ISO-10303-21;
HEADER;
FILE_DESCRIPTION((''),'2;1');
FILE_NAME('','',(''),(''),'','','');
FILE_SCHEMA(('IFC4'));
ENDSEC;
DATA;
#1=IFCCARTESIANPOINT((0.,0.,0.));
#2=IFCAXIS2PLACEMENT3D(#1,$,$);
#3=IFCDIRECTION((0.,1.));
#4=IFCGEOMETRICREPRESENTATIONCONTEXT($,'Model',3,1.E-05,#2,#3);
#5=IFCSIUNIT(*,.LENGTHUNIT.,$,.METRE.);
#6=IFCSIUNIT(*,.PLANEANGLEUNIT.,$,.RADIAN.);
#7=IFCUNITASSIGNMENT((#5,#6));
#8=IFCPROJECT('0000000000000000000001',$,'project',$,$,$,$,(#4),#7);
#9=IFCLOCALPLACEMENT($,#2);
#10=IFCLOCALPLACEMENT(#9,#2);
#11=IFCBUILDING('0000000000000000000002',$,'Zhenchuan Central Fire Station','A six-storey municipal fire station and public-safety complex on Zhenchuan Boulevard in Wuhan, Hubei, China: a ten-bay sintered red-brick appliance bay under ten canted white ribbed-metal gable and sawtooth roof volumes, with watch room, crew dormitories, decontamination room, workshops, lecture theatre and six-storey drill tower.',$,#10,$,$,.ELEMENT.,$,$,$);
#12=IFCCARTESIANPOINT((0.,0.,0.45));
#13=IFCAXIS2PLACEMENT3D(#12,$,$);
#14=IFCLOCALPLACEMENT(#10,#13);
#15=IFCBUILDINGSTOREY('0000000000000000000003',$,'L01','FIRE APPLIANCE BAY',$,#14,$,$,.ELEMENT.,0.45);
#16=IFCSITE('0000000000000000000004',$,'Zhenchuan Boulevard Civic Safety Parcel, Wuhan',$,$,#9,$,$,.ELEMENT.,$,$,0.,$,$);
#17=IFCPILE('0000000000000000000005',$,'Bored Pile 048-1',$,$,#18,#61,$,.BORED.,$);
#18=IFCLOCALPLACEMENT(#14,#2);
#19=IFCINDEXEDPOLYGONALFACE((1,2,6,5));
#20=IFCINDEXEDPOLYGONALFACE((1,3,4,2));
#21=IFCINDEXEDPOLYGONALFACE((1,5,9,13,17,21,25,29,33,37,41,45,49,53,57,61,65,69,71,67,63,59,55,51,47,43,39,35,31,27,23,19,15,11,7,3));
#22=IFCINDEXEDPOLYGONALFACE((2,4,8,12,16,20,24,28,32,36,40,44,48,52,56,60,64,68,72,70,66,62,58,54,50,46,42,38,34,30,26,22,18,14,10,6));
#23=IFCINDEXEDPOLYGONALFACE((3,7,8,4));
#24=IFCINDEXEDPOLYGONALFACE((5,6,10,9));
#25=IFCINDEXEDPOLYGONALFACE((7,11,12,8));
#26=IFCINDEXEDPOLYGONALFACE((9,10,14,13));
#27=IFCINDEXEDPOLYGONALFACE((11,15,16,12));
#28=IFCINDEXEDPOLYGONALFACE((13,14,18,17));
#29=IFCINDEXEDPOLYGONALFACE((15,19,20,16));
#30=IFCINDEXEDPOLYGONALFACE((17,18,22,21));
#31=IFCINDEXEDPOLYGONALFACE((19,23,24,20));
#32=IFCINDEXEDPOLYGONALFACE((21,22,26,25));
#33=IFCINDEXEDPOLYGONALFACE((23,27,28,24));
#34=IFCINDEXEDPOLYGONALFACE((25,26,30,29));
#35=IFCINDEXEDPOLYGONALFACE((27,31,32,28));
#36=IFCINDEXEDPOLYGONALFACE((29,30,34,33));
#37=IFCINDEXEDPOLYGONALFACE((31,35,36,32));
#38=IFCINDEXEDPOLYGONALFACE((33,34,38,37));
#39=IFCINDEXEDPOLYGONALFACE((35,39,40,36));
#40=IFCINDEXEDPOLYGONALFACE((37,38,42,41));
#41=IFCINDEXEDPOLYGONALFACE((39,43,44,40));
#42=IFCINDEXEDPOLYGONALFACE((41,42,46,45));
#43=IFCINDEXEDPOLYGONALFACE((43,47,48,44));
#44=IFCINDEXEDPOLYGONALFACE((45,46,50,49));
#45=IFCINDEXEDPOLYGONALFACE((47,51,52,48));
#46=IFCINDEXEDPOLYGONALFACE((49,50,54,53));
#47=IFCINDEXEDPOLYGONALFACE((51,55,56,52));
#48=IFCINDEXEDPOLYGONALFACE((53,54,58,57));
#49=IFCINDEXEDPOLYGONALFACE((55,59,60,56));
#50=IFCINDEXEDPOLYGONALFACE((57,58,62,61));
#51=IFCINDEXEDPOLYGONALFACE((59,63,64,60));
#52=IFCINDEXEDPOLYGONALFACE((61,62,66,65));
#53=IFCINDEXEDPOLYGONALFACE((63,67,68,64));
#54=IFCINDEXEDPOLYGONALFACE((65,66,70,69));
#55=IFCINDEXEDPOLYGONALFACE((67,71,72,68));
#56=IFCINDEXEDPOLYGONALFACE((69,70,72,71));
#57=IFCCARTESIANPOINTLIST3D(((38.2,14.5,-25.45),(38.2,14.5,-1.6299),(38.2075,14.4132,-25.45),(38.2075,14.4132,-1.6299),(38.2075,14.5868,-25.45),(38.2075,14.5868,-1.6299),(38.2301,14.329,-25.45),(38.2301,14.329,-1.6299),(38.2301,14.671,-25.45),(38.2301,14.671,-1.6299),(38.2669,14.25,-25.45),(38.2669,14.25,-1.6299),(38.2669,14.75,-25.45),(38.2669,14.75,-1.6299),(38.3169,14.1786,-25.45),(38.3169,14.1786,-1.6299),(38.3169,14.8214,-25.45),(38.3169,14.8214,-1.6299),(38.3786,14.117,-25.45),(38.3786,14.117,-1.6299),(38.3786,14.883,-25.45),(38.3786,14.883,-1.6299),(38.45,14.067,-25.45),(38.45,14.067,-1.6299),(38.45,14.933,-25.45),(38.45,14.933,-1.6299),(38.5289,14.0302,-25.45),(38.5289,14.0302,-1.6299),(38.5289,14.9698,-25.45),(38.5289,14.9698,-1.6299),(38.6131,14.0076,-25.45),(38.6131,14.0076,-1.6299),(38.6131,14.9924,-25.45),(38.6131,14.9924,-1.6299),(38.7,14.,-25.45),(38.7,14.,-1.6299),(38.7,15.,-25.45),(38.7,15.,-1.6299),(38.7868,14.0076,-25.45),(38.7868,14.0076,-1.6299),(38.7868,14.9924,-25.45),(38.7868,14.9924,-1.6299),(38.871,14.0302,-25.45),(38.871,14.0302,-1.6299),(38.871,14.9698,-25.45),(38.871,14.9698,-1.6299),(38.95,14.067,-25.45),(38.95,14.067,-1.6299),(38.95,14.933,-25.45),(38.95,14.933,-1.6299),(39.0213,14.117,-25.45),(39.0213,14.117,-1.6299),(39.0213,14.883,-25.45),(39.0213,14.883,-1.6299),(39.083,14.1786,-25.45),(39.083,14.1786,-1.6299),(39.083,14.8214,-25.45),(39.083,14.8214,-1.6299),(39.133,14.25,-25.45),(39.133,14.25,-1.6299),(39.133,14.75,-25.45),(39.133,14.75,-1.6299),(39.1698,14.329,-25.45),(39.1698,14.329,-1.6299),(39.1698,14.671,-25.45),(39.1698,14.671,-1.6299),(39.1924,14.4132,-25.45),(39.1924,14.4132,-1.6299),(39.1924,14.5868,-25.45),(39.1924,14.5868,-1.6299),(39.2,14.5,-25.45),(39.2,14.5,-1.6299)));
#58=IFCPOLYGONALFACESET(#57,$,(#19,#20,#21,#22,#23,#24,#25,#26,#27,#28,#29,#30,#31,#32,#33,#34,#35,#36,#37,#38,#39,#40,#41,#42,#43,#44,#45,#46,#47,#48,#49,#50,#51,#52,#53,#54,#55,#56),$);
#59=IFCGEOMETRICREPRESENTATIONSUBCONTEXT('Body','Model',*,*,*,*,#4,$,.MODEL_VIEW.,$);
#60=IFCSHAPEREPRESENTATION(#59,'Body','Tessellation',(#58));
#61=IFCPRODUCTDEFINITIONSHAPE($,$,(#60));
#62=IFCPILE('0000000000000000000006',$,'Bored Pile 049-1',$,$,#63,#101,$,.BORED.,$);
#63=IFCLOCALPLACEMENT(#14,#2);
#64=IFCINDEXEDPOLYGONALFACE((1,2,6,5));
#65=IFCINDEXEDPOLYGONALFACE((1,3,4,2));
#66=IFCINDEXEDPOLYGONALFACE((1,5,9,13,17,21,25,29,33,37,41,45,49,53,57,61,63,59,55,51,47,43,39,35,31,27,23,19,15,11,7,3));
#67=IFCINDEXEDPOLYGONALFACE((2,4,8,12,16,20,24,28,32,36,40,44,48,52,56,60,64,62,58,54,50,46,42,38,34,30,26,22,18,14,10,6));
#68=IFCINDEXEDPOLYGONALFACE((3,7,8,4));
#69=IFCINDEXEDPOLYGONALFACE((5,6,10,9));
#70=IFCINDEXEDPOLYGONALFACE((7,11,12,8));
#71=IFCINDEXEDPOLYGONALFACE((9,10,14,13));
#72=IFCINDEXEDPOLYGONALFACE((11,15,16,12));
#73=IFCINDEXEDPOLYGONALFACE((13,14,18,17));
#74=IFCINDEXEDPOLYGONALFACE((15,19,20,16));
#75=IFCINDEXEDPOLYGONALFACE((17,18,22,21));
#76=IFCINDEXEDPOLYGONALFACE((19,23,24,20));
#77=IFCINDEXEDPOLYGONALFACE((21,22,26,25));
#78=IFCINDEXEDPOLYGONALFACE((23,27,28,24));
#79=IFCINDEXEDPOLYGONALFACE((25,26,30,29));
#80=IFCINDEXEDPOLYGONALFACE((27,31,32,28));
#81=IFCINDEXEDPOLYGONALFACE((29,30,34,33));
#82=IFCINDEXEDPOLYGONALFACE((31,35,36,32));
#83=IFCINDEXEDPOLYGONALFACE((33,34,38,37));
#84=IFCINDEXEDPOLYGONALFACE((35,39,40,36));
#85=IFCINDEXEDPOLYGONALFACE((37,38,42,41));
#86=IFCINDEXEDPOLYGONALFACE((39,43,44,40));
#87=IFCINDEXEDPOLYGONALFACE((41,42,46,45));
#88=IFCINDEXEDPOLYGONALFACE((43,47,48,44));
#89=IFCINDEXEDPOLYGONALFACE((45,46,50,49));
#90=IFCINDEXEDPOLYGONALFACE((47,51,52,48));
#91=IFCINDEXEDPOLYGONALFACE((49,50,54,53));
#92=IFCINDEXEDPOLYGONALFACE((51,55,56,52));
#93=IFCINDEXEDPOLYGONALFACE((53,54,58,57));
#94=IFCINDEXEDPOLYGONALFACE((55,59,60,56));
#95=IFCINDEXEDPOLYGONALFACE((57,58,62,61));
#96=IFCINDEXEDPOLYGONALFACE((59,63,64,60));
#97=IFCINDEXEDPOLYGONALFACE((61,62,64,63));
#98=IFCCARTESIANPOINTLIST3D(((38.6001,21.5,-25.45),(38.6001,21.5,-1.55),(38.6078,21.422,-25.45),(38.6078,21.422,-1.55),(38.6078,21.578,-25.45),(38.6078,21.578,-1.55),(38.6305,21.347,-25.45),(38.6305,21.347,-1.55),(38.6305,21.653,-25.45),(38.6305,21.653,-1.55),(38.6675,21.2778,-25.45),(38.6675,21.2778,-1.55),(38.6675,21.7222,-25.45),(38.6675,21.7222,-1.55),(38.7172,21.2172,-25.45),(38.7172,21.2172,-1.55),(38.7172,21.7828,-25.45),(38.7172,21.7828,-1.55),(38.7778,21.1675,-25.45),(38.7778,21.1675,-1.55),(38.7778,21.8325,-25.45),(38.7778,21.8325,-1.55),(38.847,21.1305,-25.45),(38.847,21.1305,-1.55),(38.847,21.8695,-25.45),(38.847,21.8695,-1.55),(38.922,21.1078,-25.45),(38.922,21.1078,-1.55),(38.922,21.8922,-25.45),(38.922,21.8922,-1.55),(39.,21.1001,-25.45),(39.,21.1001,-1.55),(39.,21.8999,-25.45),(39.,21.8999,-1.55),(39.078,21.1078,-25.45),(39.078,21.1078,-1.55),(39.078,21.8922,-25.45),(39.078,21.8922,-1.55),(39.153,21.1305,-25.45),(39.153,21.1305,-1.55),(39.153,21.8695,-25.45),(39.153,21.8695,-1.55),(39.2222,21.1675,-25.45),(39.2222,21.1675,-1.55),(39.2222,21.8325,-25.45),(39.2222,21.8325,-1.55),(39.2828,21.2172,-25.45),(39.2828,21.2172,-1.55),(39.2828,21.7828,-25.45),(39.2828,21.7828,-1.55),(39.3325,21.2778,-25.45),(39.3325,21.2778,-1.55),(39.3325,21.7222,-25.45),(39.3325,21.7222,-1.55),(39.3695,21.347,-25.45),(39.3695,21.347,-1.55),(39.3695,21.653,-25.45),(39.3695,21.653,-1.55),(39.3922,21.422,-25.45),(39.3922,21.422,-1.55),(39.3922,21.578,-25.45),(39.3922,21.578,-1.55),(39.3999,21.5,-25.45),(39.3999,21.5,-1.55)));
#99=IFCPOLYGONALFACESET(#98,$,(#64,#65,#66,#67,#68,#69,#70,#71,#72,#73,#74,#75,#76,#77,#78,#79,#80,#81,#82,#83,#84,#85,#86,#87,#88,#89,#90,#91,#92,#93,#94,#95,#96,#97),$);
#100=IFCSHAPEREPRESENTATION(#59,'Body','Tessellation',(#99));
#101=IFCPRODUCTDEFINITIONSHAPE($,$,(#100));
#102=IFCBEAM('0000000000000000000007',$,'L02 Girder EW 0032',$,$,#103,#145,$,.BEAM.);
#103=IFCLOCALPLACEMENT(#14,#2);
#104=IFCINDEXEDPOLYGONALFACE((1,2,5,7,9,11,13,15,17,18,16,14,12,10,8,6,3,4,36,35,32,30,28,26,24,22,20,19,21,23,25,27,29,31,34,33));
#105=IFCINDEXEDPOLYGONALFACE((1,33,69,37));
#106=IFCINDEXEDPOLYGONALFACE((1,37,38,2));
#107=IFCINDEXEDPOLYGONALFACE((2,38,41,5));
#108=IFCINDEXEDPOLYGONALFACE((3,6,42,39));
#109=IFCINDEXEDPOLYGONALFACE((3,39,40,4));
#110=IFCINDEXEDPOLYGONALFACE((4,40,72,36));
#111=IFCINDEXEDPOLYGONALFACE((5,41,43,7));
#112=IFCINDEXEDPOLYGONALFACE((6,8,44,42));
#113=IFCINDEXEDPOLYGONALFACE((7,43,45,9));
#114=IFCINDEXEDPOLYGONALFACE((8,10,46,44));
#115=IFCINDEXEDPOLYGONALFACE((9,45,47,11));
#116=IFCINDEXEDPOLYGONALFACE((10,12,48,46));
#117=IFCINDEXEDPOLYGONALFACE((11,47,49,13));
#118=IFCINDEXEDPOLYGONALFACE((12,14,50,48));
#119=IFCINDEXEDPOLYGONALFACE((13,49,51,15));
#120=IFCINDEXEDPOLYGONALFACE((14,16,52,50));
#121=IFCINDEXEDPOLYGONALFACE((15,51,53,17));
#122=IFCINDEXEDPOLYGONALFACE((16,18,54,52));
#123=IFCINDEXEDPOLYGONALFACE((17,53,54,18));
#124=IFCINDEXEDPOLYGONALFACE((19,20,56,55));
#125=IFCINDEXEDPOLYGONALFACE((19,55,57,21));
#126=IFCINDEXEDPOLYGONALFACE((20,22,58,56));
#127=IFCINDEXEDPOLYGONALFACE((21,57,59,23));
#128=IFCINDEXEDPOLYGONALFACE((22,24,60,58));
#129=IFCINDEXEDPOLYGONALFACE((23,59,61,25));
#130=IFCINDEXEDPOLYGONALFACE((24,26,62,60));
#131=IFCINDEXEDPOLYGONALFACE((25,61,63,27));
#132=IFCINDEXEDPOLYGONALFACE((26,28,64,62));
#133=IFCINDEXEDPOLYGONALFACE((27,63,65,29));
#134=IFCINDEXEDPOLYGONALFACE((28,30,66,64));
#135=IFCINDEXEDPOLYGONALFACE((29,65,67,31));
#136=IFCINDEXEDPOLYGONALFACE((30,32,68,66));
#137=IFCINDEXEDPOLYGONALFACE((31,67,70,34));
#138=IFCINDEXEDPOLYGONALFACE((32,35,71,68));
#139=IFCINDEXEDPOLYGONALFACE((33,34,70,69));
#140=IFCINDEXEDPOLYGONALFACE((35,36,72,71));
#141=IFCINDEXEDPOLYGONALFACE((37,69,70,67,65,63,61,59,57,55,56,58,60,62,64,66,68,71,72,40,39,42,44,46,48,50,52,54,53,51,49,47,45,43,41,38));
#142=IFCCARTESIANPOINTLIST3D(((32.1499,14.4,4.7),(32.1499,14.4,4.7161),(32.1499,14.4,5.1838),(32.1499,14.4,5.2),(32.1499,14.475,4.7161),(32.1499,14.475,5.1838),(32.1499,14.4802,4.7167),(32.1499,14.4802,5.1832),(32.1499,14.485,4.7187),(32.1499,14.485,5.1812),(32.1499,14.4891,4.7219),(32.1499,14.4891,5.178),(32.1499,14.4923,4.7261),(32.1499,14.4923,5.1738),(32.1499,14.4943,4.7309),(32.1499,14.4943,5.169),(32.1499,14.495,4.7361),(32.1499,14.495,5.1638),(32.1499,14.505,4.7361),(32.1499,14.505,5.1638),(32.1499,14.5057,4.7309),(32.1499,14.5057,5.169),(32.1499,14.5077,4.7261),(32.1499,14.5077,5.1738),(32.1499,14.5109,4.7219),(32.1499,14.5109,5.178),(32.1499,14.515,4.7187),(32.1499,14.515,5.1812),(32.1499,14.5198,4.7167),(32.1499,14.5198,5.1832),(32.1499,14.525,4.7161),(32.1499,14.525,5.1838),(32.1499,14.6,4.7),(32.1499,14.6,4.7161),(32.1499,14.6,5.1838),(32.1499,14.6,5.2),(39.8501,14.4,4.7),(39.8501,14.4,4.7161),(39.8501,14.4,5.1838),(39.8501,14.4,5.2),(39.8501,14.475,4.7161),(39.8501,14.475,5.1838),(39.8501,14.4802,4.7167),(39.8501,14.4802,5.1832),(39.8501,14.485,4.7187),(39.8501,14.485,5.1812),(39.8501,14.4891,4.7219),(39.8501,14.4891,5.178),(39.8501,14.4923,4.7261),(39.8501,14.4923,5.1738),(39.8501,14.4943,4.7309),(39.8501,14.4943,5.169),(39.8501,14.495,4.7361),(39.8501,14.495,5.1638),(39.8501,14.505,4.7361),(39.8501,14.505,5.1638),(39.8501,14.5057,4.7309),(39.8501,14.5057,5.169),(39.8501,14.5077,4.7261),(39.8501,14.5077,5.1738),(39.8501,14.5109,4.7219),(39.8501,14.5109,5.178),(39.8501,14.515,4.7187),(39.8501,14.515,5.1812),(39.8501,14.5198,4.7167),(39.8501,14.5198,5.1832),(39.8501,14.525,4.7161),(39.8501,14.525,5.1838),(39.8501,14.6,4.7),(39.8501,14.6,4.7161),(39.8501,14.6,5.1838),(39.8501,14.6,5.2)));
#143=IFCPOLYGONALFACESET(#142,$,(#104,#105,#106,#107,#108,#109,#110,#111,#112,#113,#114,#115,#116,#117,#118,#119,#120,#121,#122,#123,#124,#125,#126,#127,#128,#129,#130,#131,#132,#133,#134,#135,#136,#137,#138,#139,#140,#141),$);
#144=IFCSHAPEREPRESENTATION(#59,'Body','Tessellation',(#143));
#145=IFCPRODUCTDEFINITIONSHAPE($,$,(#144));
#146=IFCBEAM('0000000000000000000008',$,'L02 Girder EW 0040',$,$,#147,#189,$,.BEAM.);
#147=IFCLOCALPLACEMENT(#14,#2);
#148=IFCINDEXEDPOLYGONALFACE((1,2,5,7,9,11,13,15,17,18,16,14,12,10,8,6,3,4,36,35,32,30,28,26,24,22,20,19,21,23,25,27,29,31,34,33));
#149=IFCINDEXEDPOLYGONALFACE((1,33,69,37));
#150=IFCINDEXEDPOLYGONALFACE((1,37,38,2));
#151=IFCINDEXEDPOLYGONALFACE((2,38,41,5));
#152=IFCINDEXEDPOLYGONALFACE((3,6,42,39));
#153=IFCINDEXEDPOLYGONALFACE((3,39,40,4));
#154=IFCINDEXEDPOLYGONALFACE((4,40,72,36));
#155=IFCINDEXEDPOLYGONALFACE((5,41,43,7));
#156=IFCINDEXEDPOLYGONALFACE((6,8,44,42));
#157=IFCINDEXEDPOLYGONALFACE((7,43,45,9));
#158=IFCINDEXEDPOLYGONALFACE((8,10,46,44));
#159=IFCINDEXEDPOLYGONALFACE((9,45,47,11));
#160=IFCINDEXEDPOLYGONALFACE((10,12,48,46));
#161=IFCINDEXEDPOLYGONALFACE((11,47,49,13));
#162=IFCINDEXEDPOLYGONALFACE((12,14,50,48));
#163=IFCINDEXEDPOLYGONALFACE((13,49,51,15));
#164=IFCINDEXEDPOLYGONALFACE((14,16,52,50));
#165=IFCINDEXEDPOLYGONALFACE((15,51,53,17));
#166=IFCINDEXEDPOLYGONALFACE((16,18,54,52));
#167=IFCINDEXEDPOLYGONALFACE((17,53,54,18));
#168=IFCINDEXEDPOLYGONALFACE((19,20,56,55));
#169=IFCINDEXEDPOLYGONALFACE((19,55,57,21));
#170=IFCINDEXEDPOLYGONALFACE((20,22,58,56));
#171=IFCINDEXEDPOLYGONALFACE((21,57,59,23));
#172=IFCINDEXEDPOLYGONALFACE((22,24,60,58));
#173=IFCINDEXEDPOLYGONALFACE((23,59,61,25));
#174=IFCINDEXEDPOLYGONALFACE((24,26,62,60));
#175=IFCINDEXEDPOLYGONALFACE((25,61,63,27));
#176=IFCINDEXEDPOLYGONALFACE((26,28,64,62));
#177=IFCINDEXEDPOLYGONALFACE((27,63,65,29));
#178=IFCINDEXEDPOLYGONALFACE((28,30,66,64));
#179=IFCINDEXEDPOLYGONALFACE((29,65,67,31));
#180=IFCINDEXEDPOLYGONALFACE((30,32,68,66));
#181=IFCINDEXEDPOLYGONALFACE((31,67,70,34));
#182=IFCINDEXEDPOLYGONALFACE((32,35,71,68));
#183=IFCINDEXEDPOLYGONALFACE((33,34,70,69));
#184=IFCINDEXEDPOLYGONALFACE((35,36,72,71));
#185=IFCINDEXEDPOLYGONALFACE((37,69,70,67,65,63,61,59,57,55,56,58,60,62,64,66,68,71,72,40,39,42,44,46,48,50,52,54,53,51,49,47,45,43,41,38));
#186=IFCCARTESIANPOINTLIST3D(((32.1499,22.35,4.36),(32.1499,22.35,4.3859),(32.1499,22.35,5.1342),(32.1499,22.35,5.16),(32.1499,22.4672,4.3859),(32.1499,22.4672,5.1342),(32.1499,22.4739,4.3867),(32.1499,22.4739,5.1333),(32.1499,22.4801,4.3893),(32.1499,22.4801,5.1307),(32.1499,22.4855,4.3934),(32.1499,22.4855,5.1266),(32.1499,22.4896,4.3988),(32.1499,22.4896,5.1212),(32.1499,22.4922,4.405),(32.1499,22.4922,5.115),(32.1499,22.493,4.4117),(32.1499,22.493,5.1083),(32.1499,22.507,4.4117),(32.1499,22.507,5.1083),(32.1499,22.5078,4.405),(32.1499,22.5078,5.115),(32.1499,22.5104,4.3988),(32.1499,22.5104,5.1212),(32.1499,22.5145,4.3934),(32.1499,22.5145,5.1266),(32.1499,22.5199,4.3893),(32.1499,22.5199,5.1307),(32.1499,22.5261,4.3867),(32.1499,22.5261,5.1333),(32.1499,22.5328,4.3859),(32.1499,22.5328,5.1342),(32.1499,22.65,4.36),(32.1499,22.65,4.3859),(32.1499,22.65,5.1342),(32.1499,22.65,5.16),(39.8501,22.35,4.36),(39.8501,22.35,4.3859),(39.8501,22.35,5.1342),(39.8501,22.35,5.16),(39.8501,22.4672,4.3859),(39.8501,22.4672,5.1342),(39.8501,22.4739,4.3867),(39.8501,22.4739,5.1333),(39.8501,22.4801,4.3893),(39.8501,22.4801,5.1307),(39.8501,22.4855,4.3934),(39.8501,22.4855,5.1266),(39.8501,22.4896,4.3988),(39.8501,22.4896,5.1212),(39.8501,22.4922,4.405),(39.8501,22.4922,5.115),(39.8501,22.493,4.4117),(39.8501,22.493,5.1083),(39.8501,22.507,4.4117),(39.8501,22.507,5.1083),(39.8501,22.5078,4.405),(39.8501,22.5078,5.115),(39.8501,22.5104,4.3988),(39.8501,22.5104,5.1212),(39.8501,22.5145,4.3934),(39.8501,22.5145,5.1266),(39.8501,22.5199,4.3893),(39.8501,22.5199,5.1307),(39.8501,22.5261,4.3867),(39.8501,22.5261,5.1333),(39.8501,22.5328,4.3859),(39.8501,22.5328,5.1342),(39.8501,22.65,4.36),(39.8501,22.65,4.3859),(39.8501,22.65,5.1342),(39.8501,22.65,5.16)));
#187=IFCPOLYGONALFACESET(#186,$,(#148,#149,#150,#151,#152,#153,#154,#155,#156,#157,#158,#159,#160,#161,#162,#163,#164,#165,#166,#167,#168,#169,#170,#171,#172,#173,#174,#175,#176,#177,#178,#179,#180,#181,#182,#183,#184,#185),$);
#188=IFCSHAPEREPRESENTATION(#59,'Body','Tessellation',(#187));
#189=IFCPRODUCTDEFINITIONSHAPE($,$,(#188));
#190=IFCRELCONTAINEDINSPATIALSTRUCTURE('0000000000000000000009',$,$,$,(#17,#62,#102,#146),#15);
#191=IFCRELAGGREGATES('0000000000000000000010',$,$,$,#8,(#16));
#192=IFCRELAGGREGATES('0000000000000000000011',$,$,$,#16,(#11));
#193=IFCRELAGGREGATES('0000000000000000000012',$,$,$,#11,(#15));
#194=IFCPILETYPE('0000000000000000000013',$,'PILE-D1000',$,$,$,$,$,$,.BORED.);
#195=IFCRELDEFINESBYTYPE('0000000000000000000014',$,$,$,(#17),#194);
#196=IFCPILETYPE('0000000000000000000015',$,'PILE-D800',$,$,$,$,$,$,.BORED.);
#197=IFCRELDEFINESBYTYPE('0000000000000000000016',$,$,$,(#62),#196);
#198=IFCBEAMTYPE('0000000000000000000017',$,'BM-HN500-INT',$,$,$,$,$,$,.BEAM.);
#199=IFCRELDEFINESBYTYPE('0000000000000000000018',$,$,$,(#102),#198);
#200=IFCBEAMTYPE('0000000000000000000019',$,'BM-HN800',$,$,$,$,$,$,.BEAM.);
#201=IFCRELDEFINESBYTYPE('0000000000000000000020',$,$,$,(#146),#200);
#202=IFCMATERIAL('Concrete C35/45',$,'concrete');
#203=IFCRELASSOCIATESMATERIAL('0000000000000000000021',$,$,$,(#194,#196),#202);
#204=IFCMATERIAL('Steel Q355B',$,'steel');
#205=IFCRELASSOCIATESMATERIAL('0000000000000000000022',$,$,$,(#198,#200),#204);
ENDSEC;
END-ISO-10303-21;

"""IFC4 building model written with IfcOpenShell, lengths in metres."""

from ifc_helpers import new_model, si_unit, direction, frame, origin, origin_2d, place, context, subcontext, project, spatial, circle, i_section, extrude, material, material_profile, profile_set, type_object, element, save


model = new_model("IFC4")

# Units and contexts
model_context = context("Model", 3, precision=1e-05, world=origin(), true_north=direction((0.0, 1.0)))
body_context = subcontext(model_context, "Body", "Model", "MODEL_VIEW")
ifc_project = project(units=[si_unit("LENGTHUNIT", "METRE"), si_unit("PLANEANGLEUNIT", "RADIAN")], contexts=[model_context])

# Site, building, storey
site_placement = place(None, origin())
site = spatial("IfcSite", under=ifc_project, at=site_placement, Name="Zhenchuan Boulevard Civic Safety Parcel, Wuhan", CompositionType="ELEMENT", RefElevation=0.0)
building_placement = place(site_placement, origin())
building = spatial("IfcBuilding", under=site, at=building_placement, Name="Zhenchuan Central Fire Station", Description="A six-storey municipal fire station and public-safety complex on Zhenchuan Boulevard in Wuhan, Hubei, China: a ten-bay sintered red-brick appliance bay under ten canted white ribbed-metal gable and sawtooth roof volumes, with watch room, crew dormitories, decontamination room, workshops, lecture theatre and six-storey drill tower.", CompositionType="ELEMENT")
storey_placement = place(building_placement, frame((0.0, 0.0, 0.45)))
storey = spatial("IfcBuildingStorey", under=building, at=storey_placement, Name="L01", Description="FIRE APPLIANCE BAY", CompositionType="ELEMENT", Elevation=0.45)

# Piles
ifc_material_1 = material(Name="Concrete C35/45", Category="concrete")
ifc_material_profile_1 = material_profile(ifc_material_1, circle(Radius=0.5, at=origin_2d()), Name="PILE D1000")
ifc_profile_set_1 = profile_set([ifc_material_profile_1], Name="Concrete C35/45")
pile_type_1 = type_object("IfcPileType", Name="PILE-D1000", PredefinedType="BORED", material=ifc_profile_set_1)
pile_1_placement = place(storey_placement, frame((38.7, 14.5, -1.6299), z_axis=(0.0, 0.0, -1.0), x_axis=(1.0, 0.0, 0.0)))
element("IfcPile", 1, at=pile_1_placement, inside=storey, type_object=pile_type_1, Name="Bored Pile 048-1", PredefinedType="BORED", context=body_context, shape_type="SweptSolid", body=[
    extrude(circle(Radius=0.5, at=origin_2d()), origin(), (0.0, 0.0, 1.0), 23.8201),
])
ifc_material_profile_2 = material_profile(ifc_material_1, circle(Radius=0.3999, at=origin_2d()), Name="PILE D800")
ifc_profile_set_2 = profile_set([ifc_material_profile_2], Name="Concrete C35/45")
pile_type_2 = type_object("IfcPileType", Name="PILE-D800", PredefinedType="BORED", material=ifc_profile_set_2)
pile_2_placement = place(storey_placement, frame((39.0, 21.5, -1.55), z_axis=(0.0, 0.0, -1.0), x_axis=(1.0, 0.0, 0.0)))
element("IfcPile", 2, at=pile_2_placement, inside=storey, type_object=pile_type_2, Name="Bored Pile 049-1", PredefinedType="BORED", context=body_context, shape_type="SweptSolid", body=[
    extrude(circle(Radius=0.3999, at=origin_2d()), origin(), (0.0, 0.0, 1.0), 23.8999),
])

# Beams
ifc_material_2 = material(Name="Steel Q355B", Category="steel")
ifc_material_profile_3 = material_profile(ifc_material_2, i_section(OverallWidth=0.2, OverallDepth=0.5, WebThickness=0.01, FlangeThickness=0.0161, FilletRadius=0.02, at=origin_2d()), Name="HN 500x200")
ifc_profile_set_3 = profile_set([ifc_material_profile_3], Name="Steel Q355B")
beam_type_1 = type_object("IfcBeamType", Name="BM-HN500-INT", PredefinedType="BEAM", material=ifc_profile_set_3)
beam_1_placement = place(storey_placement, frame((32.1499, 14.5, 4.95), z_axis=(1.0, 0.0, 0.0), x_axis=(0.0, 1.0, 0.0)))
element("IfcBeam", 3, at=beam_1_placement, inside=storey, type_object=beam_type_1, Name="L02 Girder EW 0032", PredefinedType="BEAM", context=body_context, shape_type="SweptSolid", body=[
    extrude(i_section(OverallWidth=0.2, OverallDepth=0.5, WebThickness=0.01, FlangeThickness=0.0161, FilletRadius=0.02, at=origin_2d()), origin(), (0.0, 0.0, 1.0), 7.7002),
])
ifc_material_profile_4 = material_profile(ifc_material_2, i_section(OverallWidth=0.3, OverallDepth=0.8, WebThickness=0.0139, FlangeThickness=0.0259, FilletRadius=0.0259, at=origin_2d()), Name="HN 800x300")
ifc_profile_set_4 = profile_set([ifc_material_profile_4], Name="Steel Q355B")
beam_type_2 = type_object("IfcBeamType", Name="BM-HN800", PredefinedType="BEAM", material=ifc_profile_set_4)
beam_2_placement = place(storey_placement, frame((32.1499, 22.5, 4.76), z_axis=(1.0, 0.0, 0.0), x_axis=(0.0, 1.0, 0.0)))
element("IfcBeam", 4, at=beam_2_placement, inside=storey, type_object=beam_type_2, Name="L02 Girder EW 0040", PredefinedType="BEAM", context=body_context, shape_type="SweptSolid", body=[
    extrude(i_section(OverallWidth=0.3, OverallDepth=0.8, WebThickness=0.0139, FlangeThickness=0.0259, FilletRadius=0.0259, at=origin_2d()), origin(), (0.0, 0.0, 1.0), 7.7002),
])

save(model, "model.ifc")
